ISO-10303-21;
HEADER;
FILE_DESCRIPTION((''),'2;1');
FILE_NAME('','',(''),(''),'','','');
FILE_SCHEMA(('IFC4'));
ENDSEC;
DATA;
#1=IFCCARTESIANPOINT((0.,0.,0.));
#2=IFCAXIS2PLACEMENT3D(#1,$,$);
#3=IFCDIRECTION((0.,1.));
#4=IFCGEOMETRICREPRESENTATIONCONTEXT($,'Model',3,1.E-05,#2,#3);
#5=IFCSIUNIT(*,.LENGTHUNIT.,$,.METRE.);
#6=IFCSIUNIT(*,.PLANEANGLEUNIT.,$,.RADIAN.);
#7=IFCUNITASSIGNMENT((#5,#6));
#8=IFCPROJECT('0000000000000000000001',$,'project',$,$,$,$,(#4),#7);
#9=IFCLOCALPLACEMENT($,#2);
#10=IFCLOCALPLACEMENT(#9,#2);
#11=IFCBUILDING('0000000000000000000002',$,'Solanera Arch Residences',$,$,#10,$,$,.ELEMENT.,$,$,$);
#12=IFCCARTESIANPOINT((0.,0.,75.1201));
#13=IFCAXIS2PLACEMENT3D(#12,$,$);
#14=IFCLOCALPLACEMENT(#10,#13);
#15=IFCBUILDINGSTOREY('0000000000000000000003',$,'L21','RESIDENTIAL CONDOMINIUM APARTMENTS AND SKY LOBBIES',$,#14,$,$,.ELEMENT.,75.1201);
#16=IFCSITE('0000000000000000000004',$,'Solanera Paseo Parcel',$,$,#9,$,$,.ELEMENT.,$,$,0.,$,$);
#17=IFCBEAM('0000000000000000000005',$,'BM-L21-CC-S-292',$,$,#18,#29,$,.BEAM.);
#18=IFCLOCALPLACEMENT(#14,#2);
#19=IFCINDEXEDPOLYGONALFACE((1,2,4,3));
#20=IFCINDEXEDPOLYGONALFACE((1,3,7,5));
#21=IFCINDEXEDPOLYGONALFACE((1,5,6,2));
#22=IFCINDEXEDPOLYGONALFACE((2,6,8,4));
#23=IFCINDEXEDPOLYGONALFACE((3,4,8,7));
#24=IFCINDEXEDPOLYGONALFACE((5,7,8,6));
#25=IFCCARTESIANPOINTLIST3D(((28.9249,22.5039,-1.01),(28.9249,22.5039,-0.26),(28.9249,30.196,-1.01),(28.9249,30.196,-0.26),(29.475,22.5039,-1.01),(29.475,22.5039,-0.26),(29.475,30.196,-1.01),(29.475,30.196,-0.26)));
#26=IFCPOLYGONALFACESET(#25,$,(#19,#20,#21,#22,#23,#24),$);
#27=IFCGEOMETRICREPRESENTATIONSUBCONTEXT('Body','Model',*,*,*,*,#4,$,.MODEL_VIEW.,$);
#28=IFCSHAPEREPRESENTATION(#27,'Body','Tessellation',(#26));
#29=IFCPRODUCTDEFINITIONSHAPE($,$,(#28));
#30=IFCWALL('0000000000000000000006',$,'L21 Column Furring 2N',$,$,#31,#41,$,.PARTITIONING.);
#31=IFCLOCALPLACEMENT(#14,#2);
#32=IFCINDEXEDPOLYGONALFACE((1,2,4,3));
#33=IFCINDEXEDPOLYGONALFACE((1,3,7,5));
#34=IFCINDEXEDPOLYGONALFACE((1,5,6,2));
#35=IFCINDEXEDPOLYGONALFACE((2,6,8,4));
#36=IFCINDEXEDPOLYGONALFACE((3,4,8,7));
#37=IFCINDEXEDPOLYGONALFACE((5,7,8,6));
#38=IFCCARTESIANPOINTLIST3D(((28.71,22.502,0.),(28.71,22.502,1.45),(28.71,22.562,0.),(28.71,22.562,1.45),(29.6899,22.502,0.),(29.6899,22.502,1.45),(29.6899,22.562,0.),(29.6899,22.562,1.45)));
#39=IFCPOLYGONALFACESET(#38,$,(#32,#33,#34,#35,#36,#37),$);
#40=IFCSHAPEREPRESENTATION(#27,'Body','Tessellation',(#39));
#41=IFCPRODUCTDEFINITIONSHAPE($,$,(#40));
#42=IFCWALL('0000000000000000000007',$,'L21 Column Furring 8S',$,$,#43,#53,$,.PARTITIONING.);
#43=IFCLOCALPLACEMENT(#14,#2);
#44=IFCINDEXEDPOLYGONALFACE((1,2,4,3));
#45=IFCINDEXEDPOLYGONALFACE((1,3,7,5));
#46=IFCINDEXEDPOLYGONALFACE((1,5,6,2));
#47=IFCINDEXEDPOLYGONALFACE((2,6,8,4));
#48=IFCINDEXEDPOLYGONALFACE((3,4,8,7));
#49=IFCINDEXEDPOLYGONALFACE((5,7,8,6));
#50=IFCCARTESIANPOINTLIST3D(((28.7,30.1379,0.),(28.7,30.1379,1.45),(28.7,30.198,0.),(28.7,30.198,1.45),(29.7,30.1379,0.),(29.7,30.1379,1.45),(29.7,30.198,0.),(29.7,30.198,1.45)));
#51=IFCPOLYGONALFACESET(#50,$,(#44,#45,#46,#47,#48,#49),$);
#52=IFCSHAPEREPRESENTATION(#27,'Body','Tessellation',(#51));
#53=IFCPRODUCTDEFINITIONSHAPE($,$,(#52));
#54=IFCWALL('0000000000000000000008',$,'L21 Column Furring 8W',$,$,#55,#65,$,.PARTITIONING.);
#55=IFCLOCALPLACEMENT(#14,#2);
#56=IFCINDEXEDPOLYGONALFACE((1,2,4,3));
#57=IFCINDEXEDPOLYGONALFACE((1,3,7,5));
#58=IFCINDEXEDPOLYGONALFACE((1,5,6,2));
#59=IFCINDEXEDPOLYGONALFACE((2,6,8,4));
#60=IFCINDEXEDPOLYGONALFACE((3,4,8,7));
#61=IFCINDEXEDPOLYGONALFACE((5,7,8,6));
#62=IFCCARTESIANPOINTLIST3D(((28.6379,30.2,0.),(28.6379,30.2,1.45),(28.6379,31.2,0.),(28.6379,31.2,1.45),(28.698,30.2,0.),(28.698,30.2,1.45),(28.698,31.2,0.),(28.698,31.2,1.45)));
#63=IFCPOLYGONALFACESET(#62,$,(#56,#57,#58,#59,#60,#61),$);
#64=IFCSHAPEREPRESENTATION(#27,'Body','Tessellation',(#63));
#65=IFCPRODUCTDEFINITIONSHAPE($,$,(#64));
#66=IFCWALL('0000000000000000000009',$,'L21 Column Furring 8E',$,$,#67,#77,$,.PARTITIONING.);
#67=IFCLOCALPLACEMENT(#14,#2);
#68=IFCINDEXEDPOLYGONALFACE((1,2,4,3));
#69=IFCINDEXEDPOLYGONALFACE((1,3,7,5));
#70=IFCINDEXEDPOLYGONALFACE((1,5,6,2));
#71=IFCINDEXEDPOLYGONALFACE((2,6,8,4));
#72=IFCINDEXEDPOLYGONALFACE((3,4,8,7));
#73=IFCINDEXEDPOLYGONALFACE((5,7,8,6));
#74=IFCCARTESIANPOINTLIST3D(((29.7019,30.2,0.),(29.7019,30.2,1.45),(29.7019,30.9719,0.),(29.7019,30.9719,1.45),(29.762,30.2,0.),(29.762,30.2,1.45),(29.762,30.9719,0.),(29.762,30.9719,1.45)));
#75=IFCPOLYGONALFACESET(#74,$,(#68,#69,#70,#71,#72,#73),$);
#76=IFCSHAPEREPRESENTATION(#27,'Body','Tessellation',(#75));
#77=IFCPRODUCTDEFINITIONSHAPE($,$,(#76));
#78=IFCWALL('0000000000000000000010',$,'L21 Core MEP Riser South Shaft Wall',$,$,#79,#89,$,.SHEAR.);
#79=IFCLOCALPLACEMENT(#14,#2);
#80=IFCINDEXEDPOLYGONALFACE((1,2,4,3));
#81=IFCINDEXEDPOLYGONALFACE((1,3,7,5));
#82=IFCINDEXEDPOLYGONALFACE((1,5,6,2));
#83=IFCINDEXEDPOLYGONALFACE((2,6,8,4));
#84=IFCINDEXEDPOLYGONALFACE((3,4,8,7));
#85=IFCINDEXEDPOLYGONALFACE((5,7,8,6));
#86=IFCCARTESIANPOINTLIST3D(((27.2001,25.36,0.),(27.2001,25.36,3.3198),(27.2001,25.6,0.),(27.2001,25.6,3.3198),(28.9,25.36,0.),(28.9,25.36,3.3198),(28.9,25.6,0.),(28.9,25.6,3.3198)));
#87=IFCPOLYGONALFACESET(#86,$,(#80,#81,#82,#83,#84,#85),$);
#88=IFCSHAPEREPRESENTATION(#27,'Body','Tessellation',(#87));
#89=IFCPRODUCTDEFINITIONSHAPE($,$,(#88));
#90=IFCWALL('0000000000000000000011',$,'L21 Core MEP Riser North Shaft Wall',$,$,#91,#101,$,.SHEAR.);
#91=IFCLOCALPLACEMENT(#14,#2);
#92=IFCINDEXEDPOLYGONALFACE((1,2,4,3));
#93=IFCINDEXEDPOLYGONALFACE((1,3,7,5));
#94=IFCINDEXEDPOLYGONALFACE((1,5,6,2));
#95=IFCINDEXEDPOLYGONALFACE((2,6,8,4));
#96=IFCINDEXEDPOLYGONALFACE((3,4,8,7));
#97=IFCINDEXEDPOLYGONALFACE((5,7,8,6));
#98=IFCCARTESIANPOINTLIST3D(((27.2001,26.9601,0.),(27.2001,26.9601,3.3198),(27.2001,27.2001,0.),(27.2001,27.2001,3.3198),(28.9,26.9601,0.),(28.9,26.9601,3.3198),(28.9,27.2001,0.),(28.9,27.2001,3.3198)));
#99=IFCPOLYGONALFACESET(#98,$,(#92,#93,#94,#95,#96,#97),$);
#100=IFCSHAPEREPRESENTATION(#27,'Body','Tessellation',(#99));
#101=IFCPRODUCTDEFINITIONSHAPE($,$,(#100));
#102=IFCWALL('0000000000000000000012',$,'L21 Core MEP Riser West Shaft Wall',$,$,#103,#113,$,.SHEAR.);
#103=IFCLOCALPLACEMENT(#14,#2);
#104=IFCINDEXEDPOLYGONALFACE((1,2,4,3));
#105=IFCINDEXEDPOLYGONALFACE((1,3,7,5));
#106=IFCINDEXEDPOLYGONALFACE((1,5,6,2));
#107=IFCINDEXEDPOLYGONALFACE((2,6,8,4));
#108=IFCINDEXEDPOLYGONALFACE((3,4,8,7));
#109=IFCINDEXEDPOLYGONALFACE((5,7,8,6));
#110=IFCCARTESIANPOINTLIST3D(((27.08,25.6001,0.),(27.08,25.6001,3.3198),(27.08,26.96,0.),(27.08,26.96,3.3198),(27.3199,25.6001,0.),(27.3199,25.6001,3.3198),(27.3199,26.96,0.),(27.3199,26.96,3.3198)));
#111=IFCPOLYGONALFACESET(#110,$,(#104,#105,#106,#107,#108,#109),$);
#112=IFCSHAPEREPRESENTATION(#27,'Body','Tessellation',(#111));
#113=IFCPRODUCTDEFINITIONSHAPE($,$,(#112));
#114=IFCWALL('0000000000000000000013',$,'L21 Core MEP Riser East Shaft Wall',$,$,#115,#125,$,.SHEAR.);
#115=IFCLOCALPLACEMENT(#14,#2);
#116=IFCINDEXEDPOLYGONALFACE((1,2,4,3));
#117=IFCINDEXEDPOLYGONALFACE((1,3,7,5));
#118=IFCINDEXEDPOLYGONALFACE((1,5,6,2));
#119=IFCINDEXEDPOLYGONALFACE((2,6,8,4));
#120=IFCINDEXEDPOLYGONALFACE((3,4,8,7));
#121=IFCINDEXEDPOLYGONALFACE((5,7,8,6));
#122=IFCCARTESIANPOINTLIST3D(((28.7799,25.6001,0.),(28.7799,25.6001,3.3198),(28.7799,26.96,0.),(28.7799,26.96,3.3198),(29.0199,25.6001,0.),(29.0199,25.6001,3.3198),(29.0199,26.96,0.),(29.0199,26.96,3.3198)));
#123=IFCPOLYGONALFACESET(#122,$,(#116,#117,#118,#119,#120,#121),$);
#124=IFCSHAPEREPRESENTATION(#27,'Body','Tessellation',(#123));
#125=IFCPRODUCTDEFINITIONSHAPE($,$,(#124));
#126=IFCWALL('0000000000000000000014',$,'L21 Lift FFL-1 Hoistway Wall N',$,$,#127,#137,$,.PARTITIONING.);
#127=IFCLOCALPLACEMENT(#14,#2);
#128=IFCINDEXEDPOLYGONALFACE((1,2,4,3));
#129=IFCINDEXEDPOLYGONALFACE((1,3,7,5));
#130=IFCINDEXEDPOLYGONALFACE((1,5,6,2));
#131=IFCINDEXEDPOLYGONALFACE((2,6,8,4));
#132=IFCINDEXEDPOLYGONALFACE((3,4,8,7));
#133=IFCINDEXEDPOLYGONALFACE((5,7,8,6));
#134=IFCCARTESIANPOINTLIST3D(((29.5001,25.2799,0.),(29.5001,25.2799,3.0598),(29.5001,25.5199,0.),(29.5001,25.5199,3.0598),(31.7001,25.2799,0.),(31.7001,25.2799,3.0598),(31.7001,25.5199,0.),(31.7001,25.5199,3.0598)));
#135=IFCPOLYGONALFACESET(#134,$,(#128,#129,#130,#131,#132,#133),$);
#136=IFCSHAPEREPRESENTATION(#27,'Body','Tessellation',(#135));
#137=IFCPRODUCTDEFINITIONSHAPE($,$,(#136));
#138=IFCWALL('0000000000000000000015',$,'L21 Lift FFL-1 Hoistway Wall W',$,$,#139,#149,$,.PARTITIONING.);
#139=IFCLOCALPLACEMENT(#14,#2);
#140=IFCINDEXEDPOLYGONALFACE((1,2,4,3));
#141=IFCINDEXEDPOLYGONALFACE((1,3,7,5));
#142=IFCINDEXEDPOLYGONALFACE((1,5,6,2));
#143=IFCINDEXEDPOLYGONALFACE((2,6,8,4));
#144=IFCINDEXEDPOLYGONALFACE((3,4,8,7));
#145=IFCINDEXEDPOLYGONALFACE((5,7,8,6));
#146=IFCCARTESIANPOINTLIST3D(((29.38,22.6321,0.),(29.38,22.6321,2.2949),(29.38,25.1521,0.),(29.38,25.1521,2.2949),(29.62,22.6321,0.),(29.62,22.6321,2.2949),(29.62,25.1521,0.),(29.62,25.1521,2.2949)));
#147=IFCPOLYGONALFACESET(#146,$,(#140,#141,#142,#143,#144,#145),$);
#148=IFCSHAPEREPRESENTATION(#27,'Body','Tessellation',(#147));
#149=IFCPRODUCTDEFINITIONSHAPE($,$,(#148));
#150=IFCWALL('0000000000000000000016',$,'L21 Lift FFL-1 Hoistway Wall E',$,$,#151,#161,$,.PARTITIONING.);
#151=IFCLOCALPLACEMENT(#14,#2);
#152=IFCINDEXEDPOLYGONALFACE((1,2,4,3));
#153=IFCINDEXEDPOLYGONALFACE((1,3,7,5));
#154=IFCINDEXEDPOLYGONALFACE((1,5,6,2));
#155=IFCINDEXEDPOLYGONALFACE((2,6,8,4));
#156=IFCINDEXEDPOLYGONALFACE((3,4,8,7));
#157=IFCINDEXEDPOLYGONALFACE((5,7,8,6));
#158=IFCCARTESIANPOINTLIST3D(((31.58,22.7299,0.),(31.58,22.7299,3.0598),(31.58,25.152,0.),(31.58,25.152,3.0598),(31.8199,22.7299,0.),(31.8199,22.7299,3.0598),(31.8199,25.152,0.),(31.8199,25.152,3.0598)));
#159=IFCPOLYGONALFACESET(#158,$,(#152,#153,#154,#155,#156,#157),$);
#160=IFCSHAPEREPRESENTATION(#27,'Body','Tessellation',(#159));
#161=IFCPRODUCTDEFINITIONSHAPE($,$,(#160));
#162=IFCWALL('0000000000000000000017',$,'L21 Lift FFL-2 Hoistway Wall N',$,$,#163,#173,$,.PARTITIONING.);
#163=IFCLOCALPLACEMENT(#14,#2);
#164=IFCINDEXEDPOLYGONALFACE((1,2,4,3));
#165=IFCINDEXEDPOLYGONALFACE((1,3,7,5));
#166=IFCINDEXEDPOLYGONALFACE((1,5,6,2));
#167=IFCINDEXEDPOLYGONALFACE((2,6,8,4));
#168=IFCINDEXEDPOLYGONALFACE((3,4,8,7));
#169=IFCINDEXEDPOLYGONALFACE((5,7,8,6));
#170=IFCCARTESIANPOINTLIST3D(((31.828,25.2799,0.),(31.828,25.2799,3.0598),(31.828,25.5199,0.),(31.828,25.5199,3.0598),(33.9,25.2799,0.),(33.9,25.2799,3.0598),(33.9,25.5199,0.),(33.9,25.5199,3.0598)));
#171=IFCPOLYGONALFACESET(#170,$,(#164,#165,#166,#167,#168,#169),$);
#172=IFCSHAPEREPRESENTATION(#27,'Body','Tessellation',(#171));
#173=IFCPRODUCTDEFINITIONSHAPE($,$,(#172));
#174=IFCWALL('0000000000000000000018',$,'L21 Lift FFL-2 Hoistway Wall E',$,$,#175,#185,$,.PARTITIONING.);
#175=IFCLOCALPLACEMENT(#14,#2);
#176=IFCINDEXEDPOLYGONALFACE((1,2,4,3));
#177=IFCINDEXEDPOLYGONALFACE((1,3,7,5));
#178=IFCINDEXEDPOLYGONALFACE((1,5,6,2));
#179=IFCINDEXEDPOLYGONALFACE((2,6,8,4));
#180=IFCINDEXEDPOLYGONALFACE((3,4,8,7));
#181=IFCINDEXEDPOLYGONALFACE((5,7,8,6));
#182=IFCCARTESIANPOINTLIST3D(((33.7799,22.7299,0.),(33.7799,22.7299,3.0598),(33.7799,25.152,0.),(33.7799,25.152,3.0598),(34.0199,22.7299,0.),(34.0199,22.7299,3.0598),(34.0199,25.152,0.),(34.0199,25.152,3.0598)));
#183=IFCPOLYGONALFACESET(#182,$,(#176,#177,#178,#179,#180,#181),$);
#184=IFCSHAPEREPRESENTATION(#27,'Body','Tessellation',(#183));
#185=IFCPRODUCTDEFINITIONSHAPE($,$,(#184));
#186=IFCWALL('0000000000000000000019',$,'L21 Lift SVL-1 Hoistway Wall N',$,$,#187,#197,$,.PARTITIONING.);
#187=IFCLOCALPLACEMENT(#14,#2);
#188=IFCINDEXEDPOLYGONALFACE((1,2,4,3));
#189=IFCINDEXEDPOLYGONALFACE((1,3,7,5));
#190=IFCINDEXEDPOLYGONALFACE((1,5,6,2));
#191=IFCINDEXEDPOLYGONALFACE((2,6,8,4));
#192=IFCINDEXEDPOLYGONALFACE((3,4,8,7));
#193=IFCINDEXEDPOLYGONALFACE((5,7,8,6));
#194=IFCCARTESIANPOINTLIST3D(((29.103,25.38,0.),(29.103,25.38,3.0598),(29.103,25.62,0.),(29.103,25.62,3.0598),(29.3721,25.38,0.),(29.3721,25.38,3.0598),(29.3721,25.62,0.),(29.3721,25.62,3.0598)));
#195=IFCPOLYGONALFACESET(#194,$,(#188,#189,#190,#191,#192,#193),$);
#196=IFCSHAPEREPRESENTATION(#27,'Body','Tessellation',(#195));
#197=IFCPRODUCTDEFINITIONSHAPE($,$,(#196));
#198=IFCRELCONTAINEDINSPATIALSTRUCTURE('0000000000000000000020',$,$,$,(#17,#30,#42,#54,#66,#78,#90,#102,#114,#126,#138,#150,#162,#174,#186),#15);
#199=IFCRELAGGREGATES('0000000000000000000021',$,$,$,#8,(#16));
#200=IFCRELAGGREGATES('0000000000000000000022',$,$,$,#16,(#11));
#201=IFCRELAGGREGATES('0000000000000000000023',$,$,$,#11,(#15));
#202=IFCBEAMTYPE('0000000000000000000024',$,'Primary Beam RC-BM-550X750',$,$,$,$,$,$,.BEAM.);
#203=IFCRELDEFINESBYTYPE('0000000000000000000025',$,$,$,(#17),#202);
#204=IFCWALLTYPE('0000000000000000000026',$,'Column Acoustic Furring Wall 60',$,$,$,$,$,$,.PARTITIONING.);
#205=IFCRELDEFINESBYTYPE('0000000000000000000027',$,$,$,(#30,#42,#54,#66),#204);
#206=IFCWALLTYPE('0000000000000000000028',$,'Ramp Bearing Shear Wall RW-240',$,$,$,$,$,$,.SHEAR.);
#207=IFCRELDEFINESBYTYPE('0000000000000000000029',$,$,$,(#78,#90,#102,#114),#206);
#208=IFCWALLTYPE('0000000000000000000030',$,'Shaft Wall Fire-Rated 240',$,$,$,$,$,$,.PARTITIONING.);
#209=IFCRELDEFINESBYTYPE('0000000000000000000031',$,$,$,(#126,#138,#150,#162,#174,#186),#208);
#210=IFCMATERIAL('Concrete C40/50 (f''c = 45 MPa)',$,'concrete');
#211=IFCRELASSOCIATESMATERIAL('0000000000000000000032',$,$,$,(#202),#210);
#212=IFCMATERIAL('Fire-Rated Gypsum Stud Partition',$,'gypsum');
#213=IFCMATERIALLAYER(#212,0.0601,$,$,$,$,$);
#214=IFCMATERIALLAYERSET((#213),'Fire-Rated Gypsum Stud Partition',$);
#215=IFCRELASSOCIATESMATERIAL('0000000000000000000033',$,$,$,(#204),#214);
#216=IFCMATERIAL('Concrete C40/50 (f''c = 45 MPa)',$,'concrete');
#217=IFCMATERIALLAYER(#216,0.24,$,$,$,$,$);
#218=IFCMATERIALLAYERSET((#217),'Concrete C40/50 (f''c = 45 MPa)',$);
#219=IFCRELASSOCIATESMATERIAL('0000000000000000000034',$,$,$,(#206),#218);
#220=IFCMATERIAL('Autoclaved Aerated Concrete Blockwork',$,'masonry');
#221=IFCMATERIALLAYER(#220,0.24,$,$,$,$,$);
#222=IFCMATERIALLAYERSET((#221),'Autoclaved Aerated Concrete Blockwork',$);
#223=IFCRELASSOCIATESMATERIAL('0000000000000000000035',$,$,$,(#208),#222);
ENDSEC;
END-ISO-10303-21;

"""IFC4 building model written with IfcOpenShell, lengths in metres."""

from ifc_helpers import new_model, si_unit, direction, frame, frame_2d, origin, origin_2d, place, context, subcontext, project, spatial, rectangle, extrude, material, layer, layer_set, material_profile, profile_set, type_object, element, save


model = new_model("IFC4")

# Units and contexts
model_context = context("Model", 3, precision=1e-05, world=origin(), true_north=direction((0.0, 1.0)))
body_context = subcontext(model_context, "Body", "Model", "MODEL_VIEW")
ifc_project = project(units=[si_unit("LENGTHUNIT", "METRE"), si_unit("PLANEANGLEUNIT", "RADIAN")], contexts=[model_context])

# Site, building, storey
site_placement = place(None, origin())
site = spatial("IfcSite", under=ifc_project, at=site_placement, Name="Solanera Paseo Parcel", CompositionType="ELEMENT", RefElevation=0.0)
building_placement = place(site_placement, origin())
building = spatial("IfcBuilding", under=site, at=building_placement, Name="Solanera Arch Residences", CompositionType="ELEMENT")
storey_placement = place(building_placement, frame((0.0, 0.0, 75.1201)))
storey = spatial("IfcBuildingStorey", under=building, at=storey_placement, Name="L21", Description="RESIDENTIAL CONDOMINIUM APARTMENTS AND SKY LOBBIES", CompositionType="ELEMENT", Elevation=75.1201)

# Beam
ifc_material_1 = material(Name="Concrete C40/50 (f'c = 45 MPa)", Category="concrete")
ifc_material_profile = material_profile(ifc_material_1, rectangle(XDim=0.55, YDim=0.75, at=origin_2d()))
ifc_profile_set = profile_set([ifc_material_profile], Name="Concrete C40/50 (f'c = 45 MPa)")
beam_type = type_object("IfcBeamType", Name="Primary Beam RC-BM-550X750", PredefinedType="BEAM", material=ifc_profile_set)
beam_placement = place(storey_placement, frame((29.2, 22.5039, -0.635), z_axis=(0.0, 1.0, 0.0), x_axis=(-1.0, 0.0, 0.0)))
element("IfcBeam", 1, at=beam_placement, inside=storey, type_object=beam_type, Name="BM-L21-CC-S-292", PredefinedType="BEAM", context=body_context, shape_type="SweptSolid", body=[
    extrude(rectangle(XDim=0.55, YDim=0.75, at=origin_2d()), origin(), (0.0, 0.0, 1.0), 7.6921),
])

# Walls
ifc_material_2 = material(Name="Fire-Rated Gypsum Stud Partition", Category="gypsum")
ifc_layer_1 = layer(ifc_material_2, 0.0601)
ifc_layer_set_1 = layer_set([ifc_layer_1], Name="Fire-Rated Gypsum Stud Partition")
wall_type_1 = type_object("IfcWallType", Name="Column Acoustic Furring Wall 60", PredefinedType="PARTITIONING", material=ifc_layer_set_1)
wall_1_placement = place(storey_placement, frame((28.71, 22.532, 0.0), z_axis=(0.0, 0.0, 1.0), x_axis=(1.0, 0.0, 0.0)))
element("IfcWall", 2, at=wall_1_placement, inside=storey, type_object=wall_type_1, Name="L21 Column Furring 2N", PredefinedType="PARTITIONING", context=body_context, shape_type="SweptSolid", body=[
    extrude(rectangle(XDim=0.98, YDim=0.0601, at=frame_2d((0.49, 0.0))), origin(), (0.0, 0.0, 1.0), 1.45),
])
for number, where, z_axis, x_axis, name in (
    (3, (28.7, 30.168, 0.0), (0.0, 0.0, 1.0), (1.0, 0.0, 0.0), "L21 Column Furring 8S"),
    (4, (28.668, 30.2, 0.0), (0.0, 0.0, 1.0), (0.0, 1.0, 0.0), "L21 Column Furring 8W"),
):
    element("IfcWall", number, at=place(storey_placement, frame(where, z_axis=z_axis, x_axis=x_axis)), inside=storey, type_object=wall_type_1, Name=name, PredefinedType="PARTITIONING", context=body_context, shape_type="SweptSolid", body=[
        extrude(rectangle(XDim=1.0, YDim=0.0601, at=frame_2d((0.5, 0.0))), origin(), (0.0, 0.0, 1.0), 1.45),
    ])
wall_2_placement = place(storey_placement, frame((29.7319, 30.2, 0.0), z_axis=(0.0, 0.0, 1.0), x_axis=(0.0, 1.0, 0.0)))
element("IfcWall", 5, at=wall_2_placement, inside=storey, type_object=wall_type_1, Name="L21 Column Furring 8E", PredefinedType="PARTITIONING", context=body_context, shape_type="SweptSolid", body=[
    extrude(rectangle(XDim=0.772, YDim=0.0601, at=frame_2d((0.386, 0.0))), origin(), (0.0, 0.0, 1.0), 1.45),
])
ifc_material_3 = material(Name="Concrete C40/50 (f'c = 45 MPa)", Category="concrete")
ifc_layer_2 = layer(ifc_material_3, 0.24)
ifc_layer_set_2 = layer_set([ifc_layer_2], Name="Concrete C40/50 (f'c = 45 MPa)")
wall_type_2 = type_object("IfcWallType", Name="Ramp Bearing Shear Wall RW-240", PredefinedType="SHEAR", material=ifc_layer_set_2)
for number, where, z_axis, x_axis, name in (
    (6, (27.2, 25.48, 0.0), (0.0, 0.0, 1.0), (1.0, 0.0, 0.0), "L21 Core MEP Riser South Shaft Wall"),
    (7, (27.2, 27.0801, 0.0), (0.0, 0.0, 1.0), (1.0, 0.0, 0.0), "L21 Core MEP Riser North Shaft Wall"),
):
    element("IfcWall", number, at=place(storey_placement, frame(where, z_axis=z_axis, x_axis=x_axis)), inside=storey, type_object=wall_type_2, Name=name, PredefinedType="SHEAR", context=body_context, shape_type="SweptSolid", body=[
        extrude(rectangle(XDim=1.7, YDim=0.24, at=frame_2d((0.8501, 0.0))), origin(), (0.0, 0.0, 1.0), 3.3198),
    ])
for number, where, z_axis, x_axis, name in (
    (8, (27.2, 25.6001, 0.0), (0.0, 0.0, 1.0), (0.0, 1.0, 0.0), "L21 Core MEP Riser West Shaft Wall"),
    (9, (28.8999, 25.6001, 0.0), (0.0, 0.0, 1.0), (0.0, 1.0, 0.0), "L21 Core MEP Riser East Shaft Wall"),
):
    element("IfcWall", number, at=place(storey_placement, frame(where, z_axis=z_axis, x_axis=x_axis)), inside=storey, type_object=wall_type_2, Name=name, PredefinedType="SHEAR", context=body_context, shape_type="SweptSolid", body=[
        extrude(rectangle(XDim=1.3599, YDim=0.24, at=frame_2d((0.6799, 0.0))), origin(), (0.0, 0.0, 1.0), 3.3198),
    ])
ifc_material_4 = material(Name="Autoclaved Aerated Concrete Blockwork", Category="masonry")
ifc_layer_3 = layer(ifc_material_4, 0.24)
ifc_layer_set_3 = layer_set([ifc_layer_3], Name="Autoclaved Aerated Concrete Blockwork")
wall_type_3 = type_object("IfcWallType", Name="Shaft Wall Fire-Rated 240", PredefinedType="PARTITIONING", material=ifc_layer_set_3)
wall_3_placement = place(storey_placement, frame((29.5, 25.3999, 0.0), z_axis=(0.0, 0.0, 1.0), x_axis=(1.0, 0.0, 0.0)))
element("IfcWall", 10, at=wall_3_placement, inside=storey, type_object=wall_type_3, Name="L21 Lift FFL-1 Hoistway Wall N", PredefinedType="PARTITIONING", context=body_context, shape_type="SweptSolid", body=[
    extrude(rectangle(XDim=2.2, YDim=0.24, at=frame_2d((1.1001, 0.0))), origin(), (0.0, 0.0, 1.0), 3.0598),
])
wall_4_placement = place(storey_placement, frame((29.5, 22.6321, 0.0), z_axis=(0.0, 0.0, 1.0), x_axis=(0.0, 1.0, 0.0)))
element("IfcWall", 11, at=wall_4_placement, inside=storey, type_object=wall_type_3, Name="L21 Lift FFL-1 Hoistway Wall W", PredefinedType="PARTITIONING", context=body_context, shape_type="SweptSolid", body=[
    extrude(rectangle(XDim=2.52, YDim=0.24, at=frame_2d((1.26, 0.0))), origin(), (0.0, 0.0, 1.0), 2.2949),
])
wall_5_placement = place(storey_placement, frame((31.7, 22.73, 0.0), z_axis=(0.0, 0.0, 1.0), x_axis=(0.0, 1.0, 0.0)))
element("IfcWall", 12, at=wall_5_placement, inside=storey, type_object=wall_type_3, Name="L21 Lift FFL-1 Hoistway Wall E", PredefinedType="PARTITIONING", context=body_context, shape_type="SweptSolid", body=[
    extrude(rectangle(XDim=2.4221, YDim=0.24, at=frame_2d((1.2109, 0.0))), origin(), (0.0, 0.0, 1.0), 3.0598),
])
wall_6_placement = place(storey_placement, frame((31.8279, 25.3999, 0.0), z_axis=(0.0, 0.0, 1.0), x_axis=(1.0, 0.0, 0.0)))
element("IfcWall", 13, at=wall_6_placement, inside=storey, type_object=wall_type_3, Name="L21 Lift FFL-2 Hoistway Wall N", PredefinedType="PARTITIONING", context=body_context, shape_type="SweptSolid", body=[
    extrude(rectangle(XDim=2.072, YDim=0.24, at=frame_2d((1.0361, 0.0))), origin(), (0.0, 0.0, 1.0), 3.0598),
])
wall_7_placement = place(storey_placement, frame((33.8999, 22.73, 0.0), z_axis=(0.0, 0.0, 1.0), x_axis=(0.0, 1.0, 0.0)))
element("IfcWall", 14, at=wall_7_placement, inside=storey, type_object=wall_type_3, Name="L21 Lift FFL-2 Hoistway Wall E", PredefinedType="PARTITIONING", context=body_context, shape_type="SweptSolid", body=[
    extrude(rectangle(XDim=2.4221, YDim=0.24, at=frame_2d((1.2109, 0.0))), origin(), (0.0, 0.0, 1.0), 3.0598),
])
wall_8_placement = place(storey_placement, frame((29.103, 25.5, 0.0), z_axis=(0.0, 0.0, 1.0), x_axis=(1.0, 0.0, 0.0)))
element("IfcWall", 15, at=wall_8_placement, inside=storey, type_object=wall_type_3, Name="L21 Lift SVL-1 Hoistway Wall N", PredefinedType="PARTITIONING", context=body_context, shape_type="SweptSolid", body=[
    extrude(rectangle(XDim=0.269, YDim=0.24, at=frame_2d((0.1345, 0.0))), origin(), (0.0, 0.0, 1.0), 3.0598),
])

save(model, "model.ifc")
